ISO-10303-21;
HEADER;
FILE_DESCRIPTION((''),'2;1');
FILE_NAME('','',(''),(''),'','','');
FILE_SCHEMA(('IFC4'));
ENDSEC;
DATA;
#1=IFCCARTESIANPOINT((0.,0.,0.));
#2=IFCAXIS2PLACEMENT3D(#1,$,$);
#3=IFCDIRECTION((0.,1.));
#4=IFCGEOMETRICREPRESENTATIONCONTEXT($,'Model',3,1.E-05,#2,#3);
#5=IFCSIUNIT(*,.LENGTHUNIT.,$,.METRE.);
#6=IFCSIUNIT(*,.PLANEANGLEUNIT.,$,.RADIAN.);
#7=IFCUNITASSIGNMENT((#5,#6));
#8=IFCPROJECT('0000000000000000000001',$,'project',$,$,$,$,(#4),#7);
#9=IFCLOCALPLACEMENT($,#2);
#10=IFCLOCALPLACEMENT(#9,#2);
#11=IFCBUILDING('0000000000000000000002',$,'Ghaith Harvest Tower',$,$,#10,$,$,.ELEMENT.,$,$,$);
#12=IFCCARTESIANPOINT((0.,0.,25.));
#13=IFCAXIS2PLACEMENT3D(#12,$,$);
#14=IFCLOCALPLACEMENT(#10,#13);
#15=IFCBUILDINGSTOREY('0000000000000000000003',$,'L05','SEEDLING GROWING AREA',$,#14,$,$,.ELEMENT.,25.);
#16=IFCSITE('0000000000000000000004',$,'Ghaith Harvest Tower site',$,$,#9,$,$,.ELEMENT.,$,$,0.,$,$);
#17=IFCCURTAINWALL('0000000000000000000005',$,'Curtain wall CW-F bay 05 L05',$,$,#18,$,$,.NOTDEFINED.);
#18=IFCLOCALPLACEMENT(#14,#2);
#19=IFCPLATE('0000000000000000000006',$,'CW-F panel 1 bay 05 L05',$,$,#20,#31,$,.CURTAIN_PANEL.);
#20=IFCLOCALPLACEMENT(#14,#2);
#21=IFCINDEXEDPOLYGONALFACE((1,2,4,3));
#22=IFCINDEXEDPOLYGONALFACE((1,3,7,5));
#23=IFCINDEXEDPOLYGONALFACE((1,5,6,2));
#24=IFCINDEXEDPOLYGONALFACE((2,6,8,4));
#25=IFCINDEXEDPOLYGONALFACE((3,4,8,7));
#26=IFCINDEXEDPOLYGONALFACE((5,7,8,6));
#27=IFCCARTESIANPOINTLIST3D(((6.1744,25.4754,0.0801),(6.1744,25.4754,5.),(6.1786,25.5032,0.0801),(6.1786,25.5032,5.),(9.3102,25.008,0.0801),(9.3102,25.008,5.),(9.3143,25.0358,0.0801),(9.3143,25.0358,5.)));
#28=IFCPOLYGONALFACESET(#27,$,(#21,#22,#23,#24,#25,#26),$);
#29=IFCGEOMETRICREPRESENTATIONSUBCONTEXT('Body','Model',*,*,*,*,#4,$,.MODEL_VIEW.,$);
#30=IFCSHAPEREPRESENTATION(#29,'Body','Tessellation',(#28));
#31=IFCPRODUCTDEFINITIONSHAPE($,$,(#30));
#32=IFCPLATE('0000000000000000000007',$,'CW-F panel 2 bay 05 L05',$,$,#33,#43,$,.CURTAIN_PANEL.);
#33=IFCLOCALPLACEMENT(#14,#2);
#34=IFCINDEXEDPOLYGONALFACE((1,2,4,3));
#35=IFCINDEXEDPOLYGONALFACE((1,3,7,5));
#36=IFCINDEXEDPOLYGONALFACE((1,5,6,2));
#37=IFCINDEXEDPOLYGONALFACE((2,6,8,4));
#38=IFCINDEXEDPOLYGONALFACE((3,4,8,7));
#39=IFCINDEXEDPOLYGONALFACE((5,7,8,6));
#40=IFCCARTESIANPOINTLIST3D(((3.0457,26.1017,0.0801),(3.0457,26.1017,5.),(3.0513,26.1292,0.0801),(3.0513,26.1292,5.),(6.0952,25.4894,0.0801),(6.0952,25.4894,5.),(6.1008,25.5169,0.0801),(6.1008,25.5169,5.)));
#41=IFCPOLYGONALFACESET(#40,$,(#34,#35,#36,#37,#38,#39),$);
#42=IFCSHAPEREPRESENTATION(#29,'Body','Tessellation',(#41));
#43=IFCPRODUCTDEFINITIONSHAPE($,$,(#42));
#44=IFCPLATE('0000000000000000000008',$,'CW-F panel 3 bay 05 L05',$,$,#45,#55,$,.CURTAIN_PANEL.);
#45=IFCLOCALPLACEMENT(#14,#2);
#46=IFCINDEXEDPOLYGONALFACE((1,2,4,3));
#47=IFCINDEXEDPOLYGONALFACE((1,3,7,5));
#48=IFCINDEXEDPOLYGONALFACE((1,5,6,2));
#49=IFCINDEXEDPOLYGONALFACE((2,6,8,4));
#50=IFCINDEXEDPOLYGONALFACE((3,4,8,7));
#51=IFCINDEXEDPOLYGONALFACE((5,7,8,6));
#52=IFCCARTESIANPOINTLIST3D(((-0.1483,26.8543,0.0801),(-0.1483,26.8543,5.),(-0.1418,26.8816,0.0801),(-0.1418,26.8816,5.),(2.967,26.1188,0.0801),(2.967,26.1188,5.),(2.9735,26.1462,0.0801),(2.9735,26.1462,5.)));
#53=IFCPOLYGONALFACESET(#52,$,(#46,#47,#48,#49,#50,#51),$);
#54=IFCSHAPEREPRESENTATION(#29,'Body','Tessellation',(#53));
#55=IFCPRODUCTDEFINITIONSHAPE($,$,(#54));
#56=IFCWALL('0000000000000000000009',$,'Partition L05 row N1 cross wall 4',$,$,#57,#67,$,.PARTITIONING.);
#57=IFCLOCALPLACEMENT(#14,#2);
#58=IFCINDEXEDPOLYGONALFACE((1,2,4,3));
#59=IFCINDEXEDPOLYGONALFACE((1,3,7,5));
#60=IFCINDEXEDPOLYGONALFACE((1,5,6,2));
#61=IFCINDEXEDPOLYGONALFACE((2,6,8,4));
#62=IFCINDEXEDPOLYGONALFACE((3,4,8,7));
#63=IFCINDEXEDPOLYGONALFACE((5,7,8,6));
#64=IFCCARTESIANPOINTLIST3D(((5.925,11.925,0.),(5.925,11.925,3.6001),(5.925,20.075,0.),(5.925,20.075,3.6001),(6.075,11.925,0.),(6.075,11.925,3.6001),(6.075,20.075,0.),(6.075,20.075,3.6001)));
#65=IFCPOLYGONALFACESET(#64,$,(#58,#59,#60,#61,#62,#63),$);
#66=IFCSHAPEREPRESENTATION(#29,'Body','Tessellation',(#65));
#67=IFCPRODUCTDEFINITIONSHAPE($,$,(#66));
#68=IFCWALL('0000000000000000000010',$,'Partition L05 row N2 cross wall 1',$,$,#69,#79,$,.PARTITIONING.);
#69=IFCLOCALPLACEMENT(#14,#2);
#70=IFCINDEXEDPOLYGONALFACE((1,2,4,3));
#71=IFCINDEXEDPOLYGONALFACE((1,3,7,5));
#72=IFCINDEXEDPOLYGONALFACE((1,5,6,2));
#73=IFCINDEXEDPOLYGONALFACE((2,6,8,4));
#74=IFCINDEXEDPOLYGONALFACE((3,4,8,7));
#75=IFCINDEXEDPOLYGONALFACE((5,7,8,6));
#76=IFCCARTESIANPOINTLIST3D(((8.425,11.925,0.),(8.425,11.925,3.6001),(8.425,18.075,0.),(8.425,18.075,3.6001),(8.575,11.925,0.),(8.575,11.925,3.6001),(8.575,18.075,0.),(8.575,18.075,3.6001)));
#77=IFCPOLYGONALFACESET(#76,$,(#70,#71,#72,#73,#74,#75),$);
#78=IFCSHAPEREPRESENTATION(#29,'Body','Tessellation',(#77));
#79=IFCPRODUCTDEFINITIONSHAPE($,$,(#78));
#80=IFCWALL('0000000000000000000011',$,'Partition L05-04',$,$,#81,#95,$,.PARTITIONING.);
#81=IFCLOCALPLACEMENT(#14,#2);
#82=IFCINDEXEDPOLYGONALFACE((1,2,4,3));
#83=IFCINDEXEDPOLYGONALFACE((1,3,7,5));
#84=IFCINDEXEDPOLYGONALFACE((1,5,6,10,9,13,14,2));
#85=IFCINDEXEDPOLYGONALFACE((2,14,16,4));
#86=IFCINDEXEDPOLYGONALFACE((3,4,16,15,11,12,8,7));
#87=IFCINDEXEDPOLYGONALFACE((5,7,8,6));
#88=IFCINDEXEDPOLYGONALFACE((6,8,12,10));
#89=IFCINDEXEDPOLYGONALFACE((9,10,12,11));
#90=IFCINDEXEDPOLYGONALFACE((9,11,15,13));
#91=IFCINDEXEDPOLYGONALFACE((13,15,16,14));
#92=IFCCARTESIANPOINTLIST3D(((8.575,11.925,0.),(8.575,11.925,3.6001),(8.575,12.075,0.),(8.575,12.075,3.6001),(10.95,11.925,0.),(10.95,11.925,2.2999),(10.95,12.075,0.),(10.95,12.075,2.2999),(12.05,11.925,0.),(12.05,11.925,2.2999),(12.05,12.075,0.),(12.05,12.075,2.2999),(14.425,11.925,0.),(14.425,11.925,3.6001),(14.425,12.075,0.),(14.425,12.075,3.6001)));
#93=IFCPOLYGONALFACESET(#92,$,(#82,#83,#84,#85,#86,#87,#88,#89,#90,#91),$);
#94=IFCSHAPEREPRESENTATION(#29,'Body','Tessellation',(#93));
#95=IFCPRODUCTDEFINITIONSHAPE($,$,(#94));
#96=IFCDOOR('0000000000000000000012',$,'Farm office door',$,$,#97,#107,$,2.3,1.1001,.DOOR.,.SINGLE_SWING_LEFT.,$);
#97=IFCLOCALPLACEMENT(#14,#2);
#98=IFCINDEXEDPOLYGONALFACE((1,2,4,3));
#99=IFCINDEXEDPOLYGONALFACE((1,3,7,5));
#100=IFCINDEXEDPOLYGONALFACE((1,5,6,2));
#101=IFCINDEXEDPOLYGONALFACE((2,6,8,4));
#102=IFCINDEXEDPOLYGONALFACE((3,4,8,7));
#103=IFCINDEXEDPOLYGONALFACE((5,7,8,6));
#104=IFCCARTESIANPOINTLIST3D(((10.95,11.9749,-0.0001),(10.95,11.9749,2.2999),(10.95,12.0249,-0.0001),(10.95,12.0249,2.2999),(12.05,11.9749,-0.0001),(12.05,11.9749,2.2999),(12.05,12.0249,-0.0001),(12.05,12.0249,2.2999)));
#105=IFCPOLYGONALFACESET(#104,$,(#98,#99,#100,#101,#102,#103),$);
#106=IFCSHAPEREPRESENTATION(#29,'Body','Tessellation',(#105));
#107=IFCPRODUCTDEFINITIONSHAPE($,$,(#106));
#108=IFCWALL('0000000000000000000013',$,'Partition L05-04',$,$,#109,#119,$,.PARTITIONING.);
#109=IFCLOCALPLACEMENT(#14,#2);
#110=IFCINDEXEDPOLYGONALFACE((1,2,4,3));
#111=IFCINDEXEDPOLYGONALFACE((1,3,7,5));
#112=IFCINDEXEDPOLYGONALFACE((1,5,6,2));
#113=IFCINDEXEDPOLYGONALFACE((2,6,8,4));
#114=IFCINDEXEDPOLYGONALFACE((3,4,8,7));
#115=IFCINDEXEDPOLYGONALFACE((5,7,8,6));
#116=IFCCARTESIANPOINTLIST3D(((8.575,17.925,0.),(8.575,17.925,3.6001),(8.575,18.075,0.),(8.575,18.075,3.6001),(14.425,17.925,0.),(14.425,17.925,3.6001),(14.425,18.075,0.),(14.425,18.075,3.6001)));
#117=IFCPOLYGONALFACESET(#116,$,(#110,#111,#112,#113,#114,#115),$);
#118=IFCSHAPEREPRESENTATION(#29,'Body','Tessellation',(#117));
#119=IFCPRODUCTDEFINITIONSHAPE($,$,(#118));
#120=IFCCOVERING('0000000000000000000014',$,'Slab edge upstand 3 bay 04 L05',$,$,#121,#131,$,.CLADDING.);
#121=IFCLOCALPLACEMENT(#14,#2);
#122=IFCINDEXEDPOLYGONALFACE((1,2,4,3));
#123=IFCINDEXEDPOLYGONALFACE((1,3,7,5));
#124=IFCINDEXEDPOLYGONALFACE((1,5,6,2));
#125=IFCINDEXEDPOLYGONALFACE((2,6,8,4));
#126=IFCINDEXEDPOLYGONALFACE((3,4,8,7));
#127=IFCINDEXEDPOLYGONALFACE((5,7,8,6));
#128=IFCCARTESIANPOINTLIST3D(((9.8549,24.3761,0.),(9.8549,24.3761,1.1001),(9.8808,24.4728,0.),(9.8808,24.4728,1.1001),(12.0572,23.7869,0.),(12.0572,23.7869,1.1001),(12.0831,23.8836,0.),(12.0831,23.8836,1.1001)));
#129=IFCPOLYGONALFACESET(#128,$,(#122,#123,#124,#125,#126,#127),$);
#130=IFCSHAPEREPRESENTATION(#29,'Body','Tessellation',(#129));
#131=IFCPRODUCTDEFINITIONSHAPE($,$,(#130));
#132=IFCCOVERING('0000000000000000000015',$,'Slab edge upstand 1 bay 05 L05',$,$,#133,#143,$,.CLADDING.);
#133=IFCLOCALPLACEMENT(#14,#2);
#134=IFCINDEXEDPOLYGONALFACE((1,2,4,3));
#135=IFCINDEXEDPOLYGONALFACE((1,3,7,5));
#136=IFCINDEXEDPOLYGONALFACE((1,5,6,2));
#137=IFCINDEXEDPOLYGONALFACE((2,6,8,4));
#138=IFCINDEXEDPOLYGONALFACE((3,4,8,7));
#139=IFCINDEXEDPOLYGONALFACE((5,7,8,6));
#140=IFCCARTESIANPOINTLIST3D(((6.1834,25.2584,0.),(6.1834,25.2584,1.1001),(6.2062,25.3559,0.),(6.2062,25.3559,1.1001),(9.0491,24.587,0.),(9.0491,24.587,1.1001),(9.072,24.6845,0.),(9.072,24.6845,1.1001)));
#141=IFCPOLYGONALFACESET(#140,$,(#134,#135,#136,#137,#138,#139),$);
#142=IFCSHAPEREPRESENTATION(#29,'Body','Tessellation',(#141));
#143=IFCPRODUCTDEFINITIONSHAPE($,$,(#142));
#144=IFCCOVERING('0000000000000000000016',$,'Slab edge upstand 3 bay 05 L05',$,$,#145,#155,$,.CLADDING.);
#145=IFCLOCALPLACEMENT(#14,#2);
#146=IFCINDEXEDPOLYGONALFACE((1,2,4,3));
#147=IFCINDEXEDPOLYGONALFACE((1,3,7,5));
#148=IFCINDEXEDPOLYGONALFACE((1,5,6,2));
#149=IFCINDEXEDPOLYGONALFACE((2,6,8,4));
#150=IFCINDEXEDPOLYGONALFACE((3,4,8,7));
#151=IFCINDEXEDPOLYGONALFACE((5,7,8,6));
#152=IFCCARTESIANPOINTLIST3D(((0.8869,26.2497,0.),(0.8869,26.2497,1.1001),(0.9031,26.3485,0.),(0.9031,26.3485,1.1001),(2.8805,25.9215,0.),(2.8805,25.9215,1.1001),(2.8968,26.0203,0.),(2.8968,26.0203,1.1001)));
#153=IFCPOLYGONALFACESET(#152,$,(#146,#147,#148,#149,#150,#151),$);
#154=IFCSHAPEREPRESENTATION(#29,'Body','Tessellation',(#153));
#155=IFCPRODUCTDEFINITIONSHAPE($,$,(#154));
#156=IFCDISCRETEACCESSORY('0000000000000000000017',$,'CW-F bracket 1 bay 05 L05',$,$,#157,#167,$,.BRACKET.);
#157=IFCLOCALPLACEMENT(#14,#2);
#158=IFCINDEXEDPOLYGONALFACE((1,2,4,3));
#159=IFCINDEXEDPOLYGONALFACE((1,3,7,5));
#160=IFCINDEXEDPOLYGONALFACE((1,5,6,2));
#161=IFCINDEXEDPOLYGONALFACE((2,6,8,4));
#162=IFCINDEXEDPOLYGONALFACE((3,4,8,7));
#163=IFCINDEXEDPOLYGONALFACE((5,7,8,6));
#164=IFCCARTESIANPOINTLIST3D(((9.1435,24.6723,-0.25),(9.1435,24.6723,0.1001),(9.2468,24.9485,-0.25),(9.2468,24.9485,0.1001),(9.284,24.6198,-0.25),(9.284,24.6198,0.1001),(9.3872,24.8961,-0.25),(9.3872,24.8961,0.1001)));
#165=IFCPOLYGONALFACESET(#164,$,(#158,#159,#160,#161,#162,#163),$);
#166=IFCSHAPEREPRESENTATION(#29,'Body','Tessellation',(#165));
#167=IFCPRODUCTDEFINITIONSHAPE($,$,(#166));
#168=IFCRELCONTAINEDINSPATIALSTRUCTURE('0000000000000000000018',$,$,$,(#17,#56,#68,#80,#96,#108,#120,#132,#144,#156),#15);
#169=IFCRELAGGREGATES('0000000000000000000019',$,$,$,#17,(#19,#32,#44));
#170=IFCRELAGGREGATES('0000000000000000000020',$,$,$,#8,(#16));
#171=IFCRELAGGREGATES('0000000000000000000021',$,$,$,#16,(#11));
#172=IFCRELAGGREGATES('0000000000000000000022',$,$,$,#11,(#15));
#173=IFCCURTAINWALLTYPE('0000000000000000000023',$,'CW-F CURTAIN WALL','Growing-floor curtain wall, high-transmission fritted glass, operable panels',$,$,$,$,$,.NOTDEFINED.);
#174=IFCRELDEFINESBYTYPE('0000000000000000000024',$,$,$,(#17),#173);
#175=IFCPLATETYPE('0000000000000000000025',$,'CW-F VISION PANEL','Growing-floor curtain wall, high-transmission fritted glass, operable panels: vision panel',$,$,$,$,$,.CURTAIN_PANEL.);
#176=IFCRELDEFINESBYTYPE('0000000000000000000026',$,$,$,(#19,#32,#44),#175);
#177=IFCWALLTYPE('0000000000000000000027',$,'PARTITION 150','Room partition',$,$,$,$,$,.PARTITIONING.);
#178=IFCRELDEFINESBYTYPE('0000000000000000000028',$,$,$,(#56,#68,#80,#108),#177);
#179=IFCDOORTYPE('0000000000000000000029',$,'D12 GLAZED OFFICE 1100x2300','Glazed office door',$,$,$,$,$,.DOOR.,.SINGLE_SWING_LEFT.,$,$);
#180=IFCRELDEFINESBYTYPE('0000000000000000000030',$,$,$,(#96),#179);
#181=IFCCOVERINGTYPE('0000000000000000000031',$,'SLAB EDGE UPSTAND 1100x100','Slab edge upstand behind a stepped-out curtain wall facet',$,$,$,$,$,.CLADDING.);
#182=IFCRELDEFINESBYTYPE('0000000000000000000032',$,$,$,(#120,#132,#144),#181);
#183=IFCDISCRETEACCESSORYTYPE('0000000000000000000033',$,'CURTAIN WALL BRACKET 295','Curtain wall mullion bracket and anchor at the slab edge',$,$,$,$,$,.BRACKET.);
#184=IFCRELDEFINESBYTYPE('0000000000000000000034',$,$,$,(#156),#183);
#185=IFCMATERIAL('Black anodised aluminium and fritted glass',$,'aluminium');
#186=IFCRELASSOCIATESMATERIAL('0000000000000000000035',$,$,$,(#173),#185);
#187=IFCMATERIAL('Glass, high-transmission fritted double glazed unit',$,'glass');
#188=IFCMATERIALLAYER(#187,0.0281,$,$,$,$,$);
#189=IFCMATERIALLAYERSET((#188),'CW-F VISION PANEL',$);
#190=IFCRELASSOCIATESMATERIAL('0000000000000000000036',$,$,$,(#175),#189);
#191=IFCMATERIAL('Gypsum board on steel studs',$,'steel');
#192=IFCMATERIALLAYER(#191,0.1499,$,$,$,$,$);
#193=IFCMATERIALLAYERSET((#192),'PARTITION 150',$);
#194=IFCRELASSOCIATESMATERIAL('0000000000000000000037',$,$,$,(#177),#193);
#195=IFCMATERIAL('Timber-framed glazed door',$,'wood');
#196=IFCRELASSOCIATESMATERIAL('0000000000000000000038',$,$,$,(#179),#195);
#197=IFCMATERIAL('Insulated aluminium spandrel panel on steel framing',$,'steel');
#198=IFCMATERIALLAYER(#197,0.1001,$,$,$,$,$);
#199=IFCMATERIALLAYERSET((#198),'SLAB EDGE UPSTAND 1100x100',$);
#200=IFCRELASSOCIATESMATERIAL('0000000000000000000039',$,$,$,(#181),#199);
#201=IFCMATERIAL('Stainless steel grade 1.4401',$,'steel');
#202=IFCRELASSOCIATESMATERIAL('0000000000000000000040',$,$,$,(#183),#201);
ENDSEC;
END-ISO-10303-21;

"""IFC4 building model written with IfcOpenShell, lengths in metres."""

from ifc_helpers import new_model, si_unit, direction, frame, frame_2d, origin, origin_2d, place, context, subcontext, project, spatial, rectangle, extrude, material, layer, layer_set, type_object, element, fill, aggregate, save


model = new_model("IFC4")

# Units and contexts
model_context = context("Model", 3, precision=1e-05, world=origin(), true_north=direction((0.0, 1.0)))
body_context = subcontext(model_context, "Body", "Model", "MODEL_VIEW")
ifc_project = project(units=[si_unit("LENGTHUNIT", "METRE"), si_unit("PLANEANGLEUNIT", "RADIAN")], contexts=[model_context])

# Site, building, storey
site_placement = place(None, origin())
site = spatial("IfcSite", under=ifc_project, at=site_placement, Name="Ghaith Harvest Tower site", CompositionType="ELEMENT", RefElevation=0.0)
building_placement = place(site_placement, origin())
building = spatial("IfcBuilding", under=site, at=building_placement, Name="Ghaith Harvest Tower", CompositionType="ELEMENT")
storey_placement = place(building_placement, frame((0.0, 0.0, 25.0)))
storey = spatial("IfcBuildingStorey", under=building, at=storey_placement, Name="L05", Description="SEEDLING GROWING AREA", CompositionType="ELEMENT", Elevation=25.0)

# Shared definitions
ifc_material_1 = material(Name="Black anodised aluminium and fritted glass", Category="aluminium")
curtain_wall_type = type_object("IfcCurtainWallType", Name="CW-F CURTAIN WALL", Description="Growing-floor curtain wall, high-transmission fritted glass, operable panels", PredefinedType="NOTDEFINED", material=ifc_material_1)

# Curtain wall
curtain_wall_1_placement = place(storey_placement, origin())
curtain_wall_1 = element("IfcCurtainWall", 1, at=curtain_wall_1_placement, inside=storey, type_object=curtain_wall_type, Name="Curtain wall CW-F bay 05 L05", PredefinedType="NOTDEFINED")

# Plates
ifc_material_2 = material(Name="Glass, high-transmission fritted double glazed unit", Category="glass")
ifc_layer_1 = layer(ifc_material_2, 0.0281)
ifc_layer_set_1 = layer_set([ifc_layer_1], Name="CW-F VISION PANEL")
plate_type = type_object("IfcPlateType", Name="CW-F VISION PANEL", Description="Growing-floor curtain wall, high-transmission fritted glass, operable panels: vision panel", PredefinedType="CURTAIN_PANEL", material=ifc_layer_set_1)
plate_1_placement = place(storey_placement, frame((7.7444, 25.2556, 0.0801), z_axis=(0.0, 0.0, 1.0), x_axis=(-0.989074, 0.147418, 0.0)))
plate_1 = element("IfcPlate", 2, at=plate_1_placement, type_object=plate_type, Name="CW-F panel 1 bay 05 L05", PredefinedType="CURTAIN_PANEL", context=body_context, shape_type="SweptSolid", body=[
    extrude(rectangle(XDim=3.1704, YDim=0.0281, at=origin_2d()), origin(), (0.0, 0.0, 1.0), 4.9199),
])
plate_2_placement = place(storey_placement, frame((4.5732, 25.8093, 0.0801), z_axis=(0.0, 0.0, 1.0), x_axis=(-0.980432, 0.196856, 0.0)))
plate_2 = element("IfcPlate", 3, at=plate_2_placement, type_object=plate_type, Name="CW-F panel 2 bay 05 L05", PredefinedType="CURTAIN_PANEL", context=body_context, shape_type="SweptSolid", body=[
    extrude(rectangle(XDim=3.1104, YDim=0.0281, at=origin_2d()), origin(), (0.0, 0.0, 1.0), 4.9199),
])
plate_3_placement = place(storey_placement, frame((1.4126, 26.5002, 0.0801), z_axis=(0.0, 0.0, 1.0), x_axis=(-0.973246, 0.229766, 0.0)))
plate_3 = element("IfcPlate", 4, at=plate_3_placement, type_object=plate_type, Name="CW-F panel 3 bay 05 L05", PredefinedType="CURTAIN_PANEL", context=body_context, shape_type="SweptSolid", body=[
    extrude(rectangle(XDim=3.2009, YDim=0.0281, at=origin_2d()), origin(), (0.0, 0.0, 1.0), 4.9199),
])
aggregate(curtain_wall_1, [plate_1, plate_2, plate_3])

# Walls
ifc_material_3 = material(Name="Gypsum board on steel studs", Category="steel")
ifc_layer_2 = layer(ifc_material_3, 0.1499)
ifc_layer_set_2 = layer_set([ifc_layer_2], Name="PARTITION 150")
wall_type = type_object("IfcWallType", Name="PARTITION 150", Description="Room partition", PredefinedType="PARTITIONING", material=ifc_layer_set_2)
wall_1_placement = place(storey_placement, frame((6.0, 11.925, 0.0), z_axis=(0.0, 0.0, 1.0), x_axis=(0.0, 1.0, 0.0)))
element("IfcWall", 5, at=wall_1_placement, inside=storey, type_object=wall_type, Name="Partition L05 row N1 cross wall 4", PredefinedType="PARTITIONING", context=body_context, shape_type="SweptSolid", body=[
    extrude(rectangle(XDim=8.1499, YDim=0.1499, at=frame_2d((4.075, 0.0))), origin(), (0.0, 0.0, 1.0), 3.6001),
])
wall_2_placement = place(storey_placement, frame((8.5, 11.925, 0.0), z_axis=(0.0, 0.0, 1.0), x_axis=(0.0, 1.0, 0.0)))
element("IfcWall", 6, at=wall_2_placement, inside=storey, type_object=wall_type, Name="Partition L05 row N2 cross wall 1", PredefinedType="PARTITIONING", context=body_context, shape_type="SweptSolid", body=[
    extrude(rectangle(XDim=6.1499, YDim=0.1499, at=frame_2d((3.075, 0.0))), origin(), (0.0, 0.0, 1.0), 3.6001),
])

# Wall, opening, door
wall_3_placement = place(storey_placement, frame((8.575, 12.0, 0.0), z_axis=(0.0, 0.0, 1.0), x_axis=(1.0, 0.0, 0.0)))
wall_3 = element("IfcWall", 7, at=wall_3_placement, inside=storey, type_object=wall_type, Name="Partition L05-04", PredefinedType="PARTITIONING", context=body_context, shape_type="SweptSolid", body=[
    extrude(rectangle(XDim=5.8501, YDim=0.1499, at=frame_2d((2.925, 0.0))), origin(), (0.0, 0.0, 1.0), 3.6001),
])
opening_placement = place(wall_3_placement, frame((2.375, 0.0, 0.0)))
opening = element("IfcOpeningElement", 8, at=opening_placement, cuts=wall_3, PredefinedType="OPENING", context=body_context, shape_type="SweptSolid", body=[
    extrude(rectangle(XDim=1.1001, YDim=2.3, at=frame_2d((0.55, 1.1499))), frame((0.0, 0.085, 0.0), z_axis=(0.0, -1.0, 0.0), x_axis=(1.0, 0.0, 0.0)), (0.0, 0.0, 1.0), 0.1699),
])
ifc_material_4 = material(Name="Timber-framed glazed door", Category="wood")
door_type = type_object("IfcDoorType", Name="D12 GLAZED OFFICE 1100x2300", Description="Glazed office door", OperationType="SINGLE_SWING_LEFT", PredefinedType="DOOR", material=ifc_material_4)
door_placement = place(opening_placement, origin())
door = element("IfcDoor", 9, at=door_placement, inside=storey, type_object=door_type, Name="Farm office door", OperationType="SINGLE_SWING_LEFT", OverallHeight=2.3, OverallWidth=1.1001, PredefinedType="DOOR", context=body_context, shape_type="SweptSolid", body=[
    extrude(rectangle(XDim=1.1001, YDim=2.3, at=frame_2d((0.55, 1.1499))), frame((0.0, 0.0249, 0.0), z_axis=(0.0, -1.0, 0.0), x_axis=(1.0, 0.0, 0.0)), (0.0, 0.0, 1.0), 0.05),
])
fill(opening, door)

# Wall
wall_4_placement = place(storey_placement, frame((8.575, 18.0, 0.0), z_axis=(0.0, 0.0, 1.0), x_axis=(1.0, 0.0, 0.0)))
element("IfcWall", 10, at=wall_4_placement, inside=storey, type_object=wall_type, Name="Partition L05-04", PredefinedType="PARTITIONING", context=body_context, shape_type="SweptSolid", body=[
    extrude(rectangle(XDim=5.8501, YDim=0.1499, at=frame_2d((2.925, 0.0))), origin(), (0.0, 0.0, 1.0), 3.6001),
])

# Coverings
ifc_material_5 = material(Name="Insulated aluminium spandrel panel on steel framing", Category="steel")
ifc_layer_3 = layer(ifc_material_5, 0.1001)
ifc_layer_set_3 = layer_set([ifc_layer_3], Name="SLAB EDGE UPSTAND 1100x100")
covering_type = type_object("IfcCoveringType", Name="SLAB EDGE UPSTAND 1100x100", Description="Slab edge upstand behind a stepped-out curtain wall facet", PredefinedType="CLADDING", material=ifc_layer_set_3)
covering_1_placement = place(storey_placement, frame((10.969, 24.1299, 0.0), z_axis=(0.0, 0.0, 1.0), x_axis=(-0.966024, 0.258451, 0.0)))
element("IfcCovering", 11, at=covering_1_placement, inside=storey, type_object=covering_type, Name="Slab edge upstand 3 bay 04 L05", PredefinedType="CLADDING", context=body_context, shape_type="SweptSolid", body=[
    extrude(rectangle(XDim=2.2798, YDim=0.1001, at=origin_2d()), origin(), (0.0, 0.0, 1.0), 1.1001),
])
covering_2_placement = place(storey_placement, frame((7.6277, 24.9714, 0.0), z_axis=(0.0, 0.0, 1.0), x_axis=(-0.973634, 0.228115, 0.0)))
element("IfcCovering", 12, at=covering_2_placement, inside=storey, type_object=covering_type, Name="Slab edge upstand 1 bay 05 L05", PredefinedType="CLADDING", context=body_context, shape_type="SweptSolid", body=[
    extrude(rectangle(XDim=2.9434, YDim=0.1001, at=origin_2d()), origin(), (0.0, 0.0, 1.0), 1.1001),
])
covering_3_placement = place(storey_placement, frame((1.8918, 26.135, 0.0), z_axis=(0.0, 0.0, 1.0), x_axis=(-0.986716, 0.162453, 0.0)))
element("IfcCovering", 13, at=covering_3_placement, inside=storey, type_object=covering_type, Name="Slab edge upstand 3 bay 05 L05", PredefinedType="CLADDING", context=body_context, shape_type="SweptSolid", body=[
    extrude(rectangle(XDim=2.0205, YDim=0.1001, at=origin_2d()), origin(), (0.0, 0.0, 1.0), 1.1001),
])

# Discrete accessory
ifc_material_6 = material(Name="Stainless steel grade 1.4401", Category="steel")
discrete_accessory_type = type_object("IfcDiscreteAccessoryType", Name="CURTAIN WALL BRACKET 295", Description="Curtain wall mullion bracket and anchor at the slab edge", PredefinedType="BRACKET", material=ifc_material_6)
discrete_accessory_placement = place(storey_placement, frame((9.2654, 24.7842, -0.25), z_axis=(0.0, 0.0, 1.0), x_axis=(0.350168, 0.936687, 0.0)))
element("IfcDiscreteAccessory", 14, at=discrete_accessory_placement, inside=storey, type_object=discrete_accessory_type, Name="CW-F bracket 1 bay 05 L05", PredefinedType="BRACKET", context=body_context, shape_type="SweptSolid", body=[
    extrude(rectangle(XDim=0.2949, YDim=0.1499, at=origin_2d()), origin(), (0.0, 0.0, 1.0), 0.3501),
])

save(model, "model.ifc")
